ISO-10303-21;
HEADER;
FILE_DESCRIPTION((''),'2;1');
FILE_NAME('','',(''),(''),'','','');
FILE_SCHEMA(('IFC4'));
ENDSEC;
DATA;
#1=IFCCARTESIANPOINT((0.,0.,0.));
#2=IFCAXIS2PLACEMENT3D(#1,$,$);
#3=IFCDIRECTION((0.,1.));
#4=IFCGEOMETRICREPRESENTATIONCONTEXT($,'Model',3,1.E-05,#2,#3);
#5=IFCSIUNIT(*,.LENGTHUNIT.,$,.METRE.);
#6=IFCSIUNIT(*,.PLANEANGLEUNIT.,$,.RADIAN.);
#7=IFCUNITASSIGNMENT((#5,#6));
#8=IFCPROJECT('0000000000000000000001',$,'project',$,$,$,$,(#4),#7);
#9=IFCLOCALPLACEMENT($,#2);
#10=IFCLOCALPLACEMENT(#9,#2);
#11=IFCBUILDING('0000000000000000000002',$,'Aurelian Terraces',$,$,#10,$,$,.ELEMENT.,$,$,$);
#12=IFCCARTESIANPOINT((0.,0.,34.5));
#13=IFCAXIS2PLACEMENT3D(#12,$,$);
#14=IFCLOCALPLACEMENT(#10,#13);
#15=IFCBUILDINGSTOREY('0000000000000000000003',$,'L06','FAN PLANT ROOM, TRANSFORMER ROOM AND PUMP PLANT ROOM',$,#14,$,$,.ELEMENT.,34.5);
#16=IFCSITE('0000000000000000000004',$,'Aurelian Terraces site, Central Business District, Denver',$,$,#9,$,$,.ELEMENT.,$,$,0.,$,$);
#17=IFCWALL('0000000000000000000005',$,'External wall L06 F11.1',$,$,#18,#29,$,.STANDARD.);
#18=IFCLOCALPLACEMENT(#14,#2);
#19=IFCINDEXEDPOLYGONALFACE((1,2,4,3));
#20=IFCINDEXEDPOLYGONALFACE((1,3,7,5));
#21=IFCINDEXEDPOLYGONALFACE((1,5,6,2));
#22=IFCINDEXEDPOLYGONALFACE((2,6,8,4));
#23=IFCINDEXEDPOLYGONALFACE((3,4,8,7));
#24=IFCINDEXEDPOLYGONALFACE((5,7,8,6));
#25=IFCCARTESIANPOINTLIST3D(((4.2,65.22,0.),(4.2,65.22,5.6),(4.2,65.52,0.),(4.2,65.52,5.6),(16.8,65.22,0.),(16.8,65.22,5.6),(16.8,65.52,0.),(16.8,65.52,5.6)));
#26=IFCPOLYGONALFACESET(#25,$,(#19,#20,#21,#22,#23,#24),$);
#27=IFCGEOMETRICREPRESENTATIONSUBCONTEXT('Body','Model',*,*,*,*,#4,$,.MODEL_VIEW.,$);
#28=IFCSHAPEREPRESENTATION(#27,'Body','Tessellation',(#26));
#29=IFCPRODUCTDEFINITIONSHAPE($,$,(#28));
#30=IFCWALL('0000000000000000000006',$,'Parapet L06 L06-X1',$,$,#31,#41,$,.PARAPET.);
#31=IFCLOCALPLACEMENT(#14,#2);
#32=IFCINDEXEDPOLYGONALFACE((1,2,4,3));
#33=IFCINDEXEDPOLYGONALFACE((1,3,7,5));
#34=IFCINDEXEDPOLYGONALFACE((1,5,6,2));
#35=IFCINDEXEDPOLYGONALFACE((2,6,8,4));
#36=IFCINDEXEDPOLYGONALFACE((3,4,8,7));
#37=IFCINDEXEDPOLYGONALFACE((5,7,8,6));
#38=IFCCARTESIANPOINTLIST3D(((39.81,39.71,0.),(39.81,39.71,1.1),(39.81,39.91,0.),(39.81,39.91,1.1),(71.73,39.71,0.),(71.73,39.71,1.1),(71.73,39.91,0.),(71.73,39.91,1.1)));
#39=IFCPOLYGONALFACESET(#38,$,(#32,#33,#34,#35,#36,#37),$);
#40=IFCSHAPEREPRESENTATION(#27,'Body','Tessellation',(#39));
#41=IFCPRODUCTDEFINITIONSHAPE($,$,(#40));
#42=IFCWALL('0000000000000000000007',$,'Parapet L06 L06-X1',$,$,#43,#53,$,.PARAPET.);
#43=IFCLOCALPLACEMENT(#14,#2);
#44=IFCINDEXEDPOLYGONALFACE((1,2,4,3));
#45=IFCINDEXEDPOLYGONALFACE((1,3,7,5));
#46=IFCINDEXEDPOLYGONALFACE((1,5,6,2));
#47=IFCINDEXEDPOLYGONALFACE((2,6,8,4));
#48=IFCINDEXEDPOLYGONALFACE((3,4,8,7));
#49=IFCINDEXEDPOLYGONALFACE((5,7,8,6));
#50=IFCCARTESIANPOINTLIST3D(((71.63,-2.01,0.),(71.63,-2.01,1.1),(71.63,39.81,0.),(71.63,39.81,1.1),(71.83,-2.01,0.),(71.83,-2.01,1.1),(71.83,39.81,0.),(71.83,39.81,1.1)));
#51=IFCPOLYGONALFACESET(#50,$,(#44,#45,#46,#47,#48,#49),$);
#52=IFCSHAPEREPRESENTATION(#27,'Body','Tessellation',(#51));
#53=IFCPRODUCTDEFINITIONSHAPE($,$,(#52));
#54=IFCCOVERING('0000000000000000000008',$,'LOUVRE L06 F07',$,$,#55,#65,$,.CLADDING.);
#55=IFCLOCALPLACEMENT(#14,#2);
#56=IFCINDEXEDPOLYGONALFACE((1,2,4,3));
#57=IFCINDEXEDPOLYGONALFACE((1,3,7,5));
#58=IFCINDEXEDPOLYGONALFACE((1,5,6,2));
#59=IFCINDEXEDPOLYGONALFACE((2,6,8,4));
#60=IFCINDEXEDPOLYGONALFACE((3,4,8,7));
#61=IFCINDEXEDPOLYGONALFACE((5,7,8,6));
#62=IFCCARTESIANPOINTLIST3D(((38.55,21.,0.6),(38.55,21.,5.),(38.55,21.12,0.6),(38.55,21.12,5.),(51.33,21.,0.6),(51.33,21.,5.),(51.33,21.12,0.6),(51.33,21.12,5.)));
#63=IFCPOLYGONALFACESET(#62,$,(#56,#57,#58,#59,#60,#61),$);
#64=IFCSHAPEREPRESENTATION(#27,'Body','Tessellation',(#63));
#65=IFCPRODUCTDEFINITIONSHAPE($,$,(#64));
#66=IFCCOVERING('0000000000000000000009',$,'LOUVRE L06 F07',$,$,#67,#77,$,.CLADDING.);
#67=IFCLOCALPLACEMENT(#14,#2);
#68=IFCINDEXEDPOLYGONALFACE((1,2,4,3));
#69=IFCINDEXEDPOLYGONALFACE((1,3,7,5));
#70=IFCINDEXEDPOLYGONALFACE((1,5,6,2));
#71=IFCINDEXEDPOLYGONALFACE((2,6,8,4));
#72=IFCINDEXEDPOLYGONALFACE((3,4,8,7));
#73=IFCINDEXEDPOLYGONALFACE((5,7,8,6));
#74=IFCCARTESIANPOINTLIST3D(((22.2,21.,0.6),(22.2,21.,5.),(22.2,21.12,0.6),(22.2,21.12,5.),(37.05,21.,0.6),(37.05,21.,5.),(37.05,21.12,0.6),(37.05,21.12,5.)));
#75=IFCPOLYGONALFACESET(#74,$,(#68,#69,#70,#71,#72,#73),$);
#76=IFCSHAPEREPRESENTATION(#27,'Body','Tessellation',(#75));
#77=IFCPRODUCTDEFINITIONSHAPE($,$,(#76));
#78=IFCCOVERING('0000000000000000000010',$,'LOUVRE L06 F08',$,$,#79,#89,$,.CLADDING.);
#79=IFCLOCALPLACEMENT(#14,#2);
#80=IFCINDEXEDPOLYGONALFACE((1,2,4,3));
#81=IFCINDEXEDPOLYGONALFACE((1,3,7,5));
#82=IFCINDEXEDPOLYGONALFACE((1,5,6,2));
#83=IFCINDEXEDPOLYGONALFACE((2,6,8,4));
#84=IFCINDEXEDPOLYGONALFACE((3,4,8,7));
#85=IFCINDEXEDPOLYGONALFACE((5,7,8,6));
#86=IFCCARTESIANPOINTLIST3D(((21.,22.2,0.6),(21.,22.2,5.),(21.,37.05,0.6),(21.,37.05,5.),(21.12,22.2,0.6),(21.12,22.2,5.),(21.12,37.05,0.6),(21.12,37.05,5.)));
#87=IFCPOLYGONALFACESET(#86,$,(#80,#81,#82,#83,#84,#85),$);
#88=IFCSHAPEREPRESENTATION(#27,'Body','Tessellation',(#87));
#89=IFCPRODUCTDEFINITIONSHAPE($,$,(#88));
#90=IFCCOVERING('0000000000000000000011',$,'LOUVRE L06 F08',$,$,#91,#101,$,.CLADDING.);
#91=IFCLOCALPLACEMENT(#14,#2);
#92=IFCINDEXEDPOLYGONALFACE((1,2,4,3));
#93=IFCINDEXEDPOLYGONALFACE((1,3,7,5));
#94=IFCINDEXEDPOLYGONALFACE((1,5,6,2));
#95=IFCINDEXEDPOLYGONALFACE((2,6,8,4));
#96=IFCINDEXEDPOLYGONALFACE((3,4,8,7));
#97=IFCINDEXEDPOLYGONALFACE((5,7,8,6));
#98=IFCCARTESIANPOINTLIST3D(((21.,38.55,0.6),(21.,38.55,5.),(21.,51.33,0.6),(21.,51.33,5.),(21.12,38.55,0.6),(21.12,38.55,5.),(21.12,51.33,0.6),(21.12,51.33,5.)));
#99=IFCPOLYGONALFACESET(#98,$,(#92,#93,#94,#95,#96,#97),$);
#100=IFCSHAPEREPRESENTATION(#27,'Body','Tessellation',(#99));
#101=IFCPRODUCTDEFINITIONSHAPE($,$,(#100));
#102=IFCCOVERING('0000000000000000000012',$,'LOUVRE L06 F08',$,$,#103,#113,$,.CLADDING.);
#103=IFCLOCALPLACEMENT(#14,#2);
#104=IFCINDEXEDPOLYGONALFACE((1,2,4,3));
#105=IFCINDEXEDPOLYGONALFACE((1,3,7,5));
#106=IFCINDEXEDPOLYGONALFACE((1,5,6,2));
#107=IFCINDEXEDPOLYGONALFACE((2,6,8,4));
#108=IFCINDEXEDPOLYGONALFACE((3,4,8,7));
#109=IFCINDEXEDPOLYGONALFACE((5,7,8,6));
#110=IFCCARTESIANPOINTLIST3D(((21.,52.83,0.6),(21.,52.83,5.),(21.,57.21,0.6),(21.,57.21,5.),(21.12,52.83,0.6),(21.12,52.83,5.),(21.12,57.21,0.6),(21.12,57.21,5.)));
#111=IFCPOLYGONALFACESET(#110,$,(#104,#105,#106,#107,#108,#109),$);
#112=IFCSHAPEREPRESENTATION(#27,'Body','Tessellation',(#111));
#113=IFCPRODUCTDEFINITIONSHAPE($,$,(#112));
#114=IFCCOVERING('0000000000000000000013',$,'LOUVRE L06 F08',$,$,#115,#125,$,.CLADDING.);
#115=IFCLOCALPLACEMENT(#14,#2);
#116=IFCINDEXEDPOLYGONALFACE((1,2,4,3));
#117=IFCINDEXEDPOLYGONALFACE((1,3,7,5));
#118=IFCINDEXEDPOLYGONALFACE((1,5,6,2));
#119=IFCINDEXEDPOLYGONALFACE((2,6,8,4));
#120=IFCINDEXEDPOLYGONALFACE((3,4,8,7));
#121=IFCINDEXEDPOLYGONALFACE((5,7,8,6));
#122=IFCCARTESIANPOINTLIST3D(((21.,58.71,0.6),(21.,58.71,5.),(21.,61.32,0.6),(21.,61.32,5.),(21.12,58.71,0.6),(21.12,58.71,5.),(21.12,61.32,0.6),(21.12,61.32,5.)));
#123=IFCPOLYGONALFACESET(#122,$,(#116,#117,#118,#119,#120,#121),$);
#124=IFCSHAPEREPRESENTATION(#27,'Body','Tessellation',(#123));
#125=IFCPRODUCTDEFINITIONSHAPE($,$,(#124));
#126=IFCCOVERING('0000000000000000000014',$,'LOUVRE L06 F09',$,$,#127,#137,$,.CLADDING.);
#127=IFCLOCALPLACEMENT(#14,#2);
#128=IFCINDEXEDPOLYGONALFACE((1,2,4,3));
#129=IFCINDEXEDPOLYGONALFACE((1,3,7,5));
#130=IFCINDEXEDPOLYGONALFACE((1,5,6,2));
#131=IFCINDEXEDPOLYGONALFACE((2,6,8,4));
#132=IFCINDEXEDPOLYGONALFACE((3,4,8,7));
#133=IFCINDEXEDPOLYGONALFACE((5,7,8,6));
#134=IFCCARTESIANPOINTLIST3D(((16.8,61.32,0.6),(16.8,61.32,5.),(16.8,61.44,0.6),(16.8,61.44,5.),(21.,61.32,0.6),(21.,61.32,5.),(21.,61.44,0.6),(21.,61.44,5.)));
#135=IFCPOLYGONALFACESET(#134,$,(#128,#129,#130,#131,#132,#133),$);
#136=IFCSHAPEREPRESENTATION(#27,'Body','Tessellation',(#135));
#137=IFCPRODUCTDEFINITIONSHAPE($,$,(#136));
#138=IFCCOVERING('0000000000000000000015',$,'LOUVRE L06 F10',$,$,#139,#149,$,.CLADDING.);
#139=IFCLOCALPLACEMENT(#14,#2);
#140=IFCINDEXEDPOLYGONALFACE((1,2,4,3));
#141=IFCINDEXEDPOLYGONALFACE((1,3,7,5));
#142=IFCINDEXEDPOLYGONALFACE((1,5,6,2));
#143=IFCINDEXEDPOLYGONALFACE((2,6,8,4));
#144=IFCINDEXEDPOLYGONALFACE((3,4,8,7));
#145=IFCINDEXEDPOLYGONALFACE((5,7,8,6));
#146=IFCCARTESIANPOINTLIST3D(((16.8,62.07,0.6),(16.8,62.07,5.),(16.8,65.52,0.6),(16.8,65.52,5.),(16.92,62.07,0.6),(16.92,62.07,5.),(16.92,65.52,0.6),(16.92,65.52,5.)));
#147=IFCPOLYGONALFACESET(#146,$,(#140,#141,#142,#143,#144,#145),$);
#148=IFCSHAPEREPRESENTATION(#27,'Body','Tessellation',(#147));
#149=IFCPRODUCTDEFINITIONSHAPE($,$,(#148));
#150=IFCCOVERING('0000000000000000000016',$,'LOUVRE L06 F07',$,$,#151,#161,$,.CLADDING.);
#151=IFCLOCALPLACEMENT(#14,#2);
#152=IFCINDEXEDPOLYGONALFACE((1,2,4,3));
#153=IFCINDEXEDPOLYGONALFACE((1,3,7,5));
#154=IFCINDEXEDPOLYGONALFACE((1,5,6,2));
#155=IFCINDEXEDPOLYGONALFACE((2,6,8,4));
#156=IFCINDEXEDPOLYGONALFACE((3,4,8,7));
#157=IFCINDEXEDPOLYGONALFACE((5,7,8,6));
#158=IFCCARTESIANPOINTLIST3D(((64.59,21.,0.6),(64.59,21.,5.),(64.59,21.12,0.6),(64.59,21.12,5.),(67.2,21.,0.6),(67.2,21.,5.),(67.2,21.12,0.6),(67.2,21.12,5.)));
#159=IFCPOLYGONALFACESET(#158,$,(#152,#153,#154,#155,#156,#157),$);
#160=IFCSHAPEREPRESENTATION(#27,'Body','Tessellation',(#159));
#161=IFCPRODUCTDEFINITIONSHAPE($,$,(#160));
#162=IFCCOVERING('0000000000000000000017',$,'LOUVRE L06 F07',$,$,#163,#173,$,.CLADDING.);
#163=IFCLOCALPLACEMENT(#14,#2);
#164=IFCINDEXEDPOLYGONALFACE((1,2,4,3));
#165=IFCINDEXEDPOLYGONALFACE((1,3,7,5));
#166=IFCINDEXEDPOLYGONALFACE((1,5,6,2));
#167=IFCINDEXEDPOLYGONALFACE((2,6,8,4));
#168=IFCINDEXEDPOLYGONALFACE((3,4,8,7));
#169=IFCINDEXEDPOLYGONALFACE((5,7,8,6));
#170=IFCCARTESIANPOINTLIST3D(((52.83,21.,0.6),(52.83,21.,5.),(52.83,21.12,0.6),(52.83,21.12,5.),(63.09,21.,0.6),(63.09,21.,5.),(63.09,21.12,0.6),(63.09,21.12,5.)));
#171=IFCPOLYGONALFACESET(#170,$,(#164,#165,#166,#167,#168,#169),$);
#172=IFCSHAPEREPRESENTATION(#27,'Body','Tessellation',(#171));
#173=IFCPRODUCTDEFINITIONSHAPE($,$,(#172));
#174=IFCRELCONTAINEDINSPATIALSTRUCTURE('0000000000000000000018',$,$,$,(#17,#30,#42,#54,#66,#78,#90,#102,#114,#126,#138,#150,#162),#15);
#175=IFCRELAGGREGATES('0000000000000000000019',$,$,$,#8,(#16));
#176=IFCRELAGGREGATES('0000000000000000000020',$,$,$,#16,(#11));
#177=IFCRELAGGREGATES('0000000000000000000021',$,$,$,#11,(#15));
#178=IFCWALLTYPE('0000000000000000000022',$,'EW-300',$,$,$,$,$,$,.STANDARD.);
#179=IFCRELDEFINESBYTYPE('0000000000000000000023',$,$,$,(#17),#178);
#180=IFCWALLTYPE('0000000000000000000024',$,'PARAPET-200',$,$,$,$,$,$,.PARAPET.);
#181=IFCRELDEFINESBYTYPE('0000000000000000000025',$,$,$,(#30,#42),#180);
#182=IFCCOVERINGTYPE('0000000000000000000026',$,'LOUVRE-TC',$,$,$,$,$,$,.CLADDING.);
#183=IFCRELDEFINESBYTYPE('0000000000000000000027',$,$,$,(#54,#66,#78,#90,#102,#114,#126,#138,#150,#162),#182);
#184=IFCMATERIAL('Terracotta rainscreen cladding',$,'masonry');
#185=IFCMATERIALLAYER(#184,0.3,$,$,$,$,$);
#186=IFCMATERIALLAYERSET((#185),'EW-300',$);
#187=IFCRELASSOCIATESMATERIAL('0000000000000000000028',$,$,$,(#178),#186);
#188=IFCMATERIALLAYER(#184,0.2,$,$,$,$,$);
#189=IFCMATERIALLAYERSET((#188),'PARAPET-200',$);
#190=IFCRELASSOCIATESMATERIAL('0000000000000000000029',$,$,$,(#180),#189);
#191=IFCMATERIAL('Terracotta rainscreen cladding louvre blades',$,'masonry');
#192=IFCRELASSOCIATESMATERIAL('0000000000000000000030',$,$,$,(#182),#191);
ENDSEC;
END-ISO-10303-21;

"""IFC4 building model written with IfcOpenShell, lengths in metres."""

from ifc_helpers import new_model, si_unit, direction, frame, frame_2d, origin, origin_2d, place, context, subcontext, project, spatial, rectangle, extrude, source, transform, mapped, material, layer, layer_set, type_object, element, save


model = new_model("IFC4")

# Units and contexts
model_context = context("Model", 3, precision=1e-05, world=origin(), true_north=direction((0.0, 1.0)))
body_context = subcontext(model_context, "Body", "Model", "MODEL_VIEW")
ifc_project = project(units=[si_unit("LENGTHUNIT", "METRE"), si_unit("PLANEANGLEUNIT", "RADIAN")], contexts=[model_context])

# Site, building, storey
site_placement = place(None, origin())
site = spatial("IfcSite", under=ifc_project, at=site_placement, Name="Aurelian Terraces site, Central Business District, Denver", CompositionType="ELEMENT", RefElevation=0.0)
building_placement = place(site_placement, origin())
building = spatial("IfcBuilding", under=site, at=building_placement, Name="Aurelian Terraces", CompositionType="ELEMENT")
storey_placement = place(building_placement, frame((0.0, 0.0, 34.5)))
storey = spatial("IfcBuildingStorey", under=building, at=storey_placement, Name="L06", Description="FAN PLANT ROOM, TRANSFORMER ROOM AND PUMP PLANT ROOM", CompositionType="ELEMENT", Elevation=34.5)

# Walls
ifc_material_1 = material(Name="Terracotta rainscreen cladding", Category="masonry")
ifc_layer_1 = layer(ifc_material_1, 0.3)
ifc_layer_set_1 = layer_set([ifc_layer_1], Name="EW-300")
wall_type_1 = type_object("IfcWallType", Name="EW-300", PredefinedType="STANDARD", material=ifc_layer_set_1)
ifc_layer_2 = layer(ifc_material_1, 0.2)
ifc_layer_set_2 = layer_set([ifc_layer_2], Name="PARAPET-200")
wall_type_2 = type_object("IfcWallType", Name="PARAPET-200", PredefinedType="PARAPET", material=ifc_layer_set_2)
shared_shape_1 = source(origin(), body_context, "Body", "SweptSolid", [
    extrude(rectangle(XDim=12.6, YDim=0.3, at=frame_2d((6.3, 0.0))), origin(), (0.0, 0.0, 1.0), 5.6),
])
wall_1_placement = place(storey_placement, frame((16.8, 65.37, 0.0), z_axis=(0.0, 0.0, 1.0), x_axis=(-1.0, 0.0, 0.0)))
element("IfcWall", 1, at=wall_1_placement, inside=storey, type_object=wall_type_1, Name="External wall L06 F11.1", PredefinedType="STANDARD", context=body_context, shape_type="MappedRepresentation", body=[
    mapped(shared_shape_1, transform((0.0, 0.0, 0.0), scale=1.0)),
])
shared_shape_2 = source(origin(), body_context, "Body", "SweptSolid", [
    extrude(rectangle(XDim=31.92, YDim=0.2, at=frame_2d((15.96, 0.0))), origin(), (0.0, 0.0, 1.0), 1.1),
])
wall_2_placement = place(storey_placement, frame((39.81, 39.81, 0.0), z_axis=(0.0, 0.0, 1.0), x_axis=(1.0, 0.0, 0.0)))
element("IfcWall", 2, at=wall_2_placement, inside=storey, type_object=wall_type_2, Name="Parapet L06 L06-X1", PredefinedType="PARAPET", context=body_context, shape_type="MappedRepresentation", body=[
    mapped(shared_shape_2, transform((0.0, 0.0, 0.0), scale=1.0)),
])
shared_shape_3 = source(origin(), body_context, "Body", "SweptSolid", [
    extrude(rectangle(XDim=41.82, YDim=0.2, at=frame_2d((20.91, 0.0))), origin(), (0.0, 0.0, 1.0), 1.1),
])
wall_3_placement = place(storey_placement, frame((71.73, 39.81, 0.0), z_axis=(0.0, 0.0, 1.0), x_axis=(0.0, -1.0, 0.0)))
element("IfcWall", 3, at=wall_3_placement, inside=storey, type_object=wall_type_2, Name="Parapet L06 L06-X1", PredefinedType="PARAPET", context=body_context, shape_type="MappedRepresentation", body=[
    mapped(shared_shape_3, transform((0.0, 0.0, 0.0), scale=1.0)),
])

# Coverings
ifc_material_2 = material(Name="Terracotta rainscreen cladding louvre blades", Category="masonry")
covering_type = type_object("IfcCoveringType", Name="LOUVRE-TC", PredefinedType="CLADDING", material=ifc_material_2)
covering_1_placement = place(storey_placement, frame((44.94, 21.06, 0.6), z_axis=(0.0, 0.0, 1.0), x_axis=(1.0, 0.0, 0.0)))
element("IfcCovering", 4, at=covering_1_placement, inside=storey, type_object=covering_type, Name="LOUVRE L06 F07", PredefinedType="CLADDING", context=body_context, shape_type="SweptSolid", body=[
    extrude(rectangle(XDim=12.78, YDim=0.12, at=origin_2d()), origin(), (0.0, 0.0, 1.0), 4.4),
])
covering_2_placement = place(storey_placement, frame((29.625, 21.06, 0.6), z_axis=(0.0, 0.0, 1.0), x_axis=(1.0, 0.0, 0.0)))
element("IfcCovering", 5, at=covering_2_placement, inside=storey, type_object=covering_type, Name="LOUVRE L06 F07", PredefinedType="CLADDING", context=body_context, shape_type="SweptSolid", body=[
    extrude(rectangle(XDim=14.85, YDim=0.12, at=origin_2d()), origin(), (0.0, 0.0, 1.0), 4.4),
])
covering_3_placement = place(storey_placement, frame((21.06, 29.625, 0.6), z_axis=(0.0, 0.0, 1.0), x_axis=(1.0, 0.0, 0.0)))
element("IfcCovering", 6, at=covering_3_placement, inside=storey, type_object=covering_type, Name="LOUVRE L06 F08", PredefinedType="CLADDING", context=body_context, shape_type="SweptSolid", body=[
    extrude(rectangle(XDim=0.12, YDim=14.85, at=origin_2d()), origin(), (0.0, 0.0, 1.0), 4.4),
])
covering_4_placement = place(storey_placement, frame((21.06, 44.94, 0.6), z_axis=(0.0, 0.0, 1.0), x_axis=(1.0, 0.0, 0.0)))
element("IfcCovering", 7, at=covering_4_placement, inside=storey, type_object=covering_type, Name="LOUVRE L06 F08", PredefinedType="CLADDING", context=body_context, shape_type="SweptSolid", body=[
    extrude(rectangle(XDim=0.12, YDim=12.78, at=origin_2d()), origin(), (0.0, 0.0, 1.0), 4.4),
])
covering_5_placement = place(storey_placement, frame((21.06, 55.02, 0.6), z_axis=(0.0, 0.0, 1.0), x_axis=(1.0, 0.0, 0.0)))
element("IfcCovering", 8, at=covering_5_placement, inside=storey, type_object=covering_type, Name="LOUVRE L06 F08", PredefinedType="CLADDING", context=body_context, shape_type="SweptSolid", body=[
    extrude(rectangle(XDim=0.12, YDim=4.38, at=origin_2d()), origin(), (0.0, 0.0, 1.0), 4.4),
])
covering_6_placement = place(storey_placement, frame((21.06, 60.015, 0.6), z_axis=(0.0, 0.0, 1.0), x_axis=(1.0, 0.0, 0.0)))
element("IfcCovering", 9, at=covering_6_placement, inside=storey, type_object=covering_type, Name="LOUVRE L06 F08", PredefinedType="CLADDING", context=body_context, shape_type="SweptSolid", body=[
    extrude(rectangle(XDim=0.12, YDim=2.61, at=origin_2d()), origin(), (0.0, 0.0, 1.0), 4.4),
])
shared_shape_4 = source(origin(), body_context, "Body", "SweptSolid", [
    extrude(rectangle(XDim=4.2, YDim=0.12, at=origin_2d()), origin(), (0.0, 0.0, 1.0), 4.4),
])
covering_7_placement = place(storey_placement, frame((18.9, 61.38, 0.6), z_axis=(0.0, 0.0, 1.0), x_axis=(1.0, 0.0, 0.0)))
element("IfcCovering", 10, at=covering_7_placement, inside=storey, type_object=covering_type, Name="LOUVRE L06 F09", PredefinedType="CLADDING", context=body_context, shape_type="MappedRepresentation", body=[
    mapped(shared_shape_4, transform((0.0, 0.0, 0.0), scale=1.0)),
])
shared_shape_5 = source(origin(), body_context, "Body", "SweptSolid", [
    extrude(rectangle(XDim=0.12, YDim=3.45, at=origin_2d()), origin(), (0.0, 0.0, 1.0), 4.4),
])
covering_8_placement = place(storey_placement, frame((16.86, 63.795, 0.6), z_axis=(0.0, 0.0, 1.0), x_axis=(1.0, 0.0, 0.0)))
element("IfcCovering", 11, at=covering_8_placement, inside=storey, type_object=covering_type, Name="LOUVRE L06 F10", PredefinedType="CLADDING", context=body_context, shape_type="MappedRepresentation", body=[
    mapped(shared_shape_5, transform((0.0, 0.0, 0.0), scale=1.0)),
])
shared_shape_6 = source(origin(), body_context, "Body", "SweptSolid", [
    extrude(rectangle(XDim=2.61, YDim=0.12, at=origin_2d()), origin(), (0.0, 0.0, 1.0), 4.4),
])
covering_9_placement = place(storey_placement, frame((65.895, 21.06, 0.6), z_axis=(0.0, 0.0, 1.0), x_axis=(1.0, 0.0, 0.0)))
element("IfcCovering", 12, at=covering_9_placement, inside=storey, type_object=covering_type, Name="LOUVRE L06 F07", PredefinedType="CLADDING", context=body_context, shape_type="MappedRepresentation", body=[
    mapped(shared_shape_6, transform((0.0, 0.0, 0.0), scale=1.0)),
])
shared_shape_7 = source(origin(), body_context, "Body", "SweptSolid", [
    extrude(rectangle(XDim=10.26, YDim=0.12, at=origin_2d()), origin(), (0.0, 0.0, 1.0), 4.4),
])
covering_10_placement = place(storey_placement, frame((57.96, 21.06, 0.6), z_axis=(0.0, 0.0, 1.0), x_axis=(1.0, 0.0, 0.0)))
element("IfcCovering", 13, at=covering_10_placement, inside=storey, type_object=covering_type, Name="LOUVRE L06 F07", PredefinedType="CLADDING", context=body_context, shape_type="MappedRepresentation", body=[
    mapped(shared_shape_7, transform((0.0, 0.0, 0.0), scale=1.0)),
])

save(model, "model.ifc")
